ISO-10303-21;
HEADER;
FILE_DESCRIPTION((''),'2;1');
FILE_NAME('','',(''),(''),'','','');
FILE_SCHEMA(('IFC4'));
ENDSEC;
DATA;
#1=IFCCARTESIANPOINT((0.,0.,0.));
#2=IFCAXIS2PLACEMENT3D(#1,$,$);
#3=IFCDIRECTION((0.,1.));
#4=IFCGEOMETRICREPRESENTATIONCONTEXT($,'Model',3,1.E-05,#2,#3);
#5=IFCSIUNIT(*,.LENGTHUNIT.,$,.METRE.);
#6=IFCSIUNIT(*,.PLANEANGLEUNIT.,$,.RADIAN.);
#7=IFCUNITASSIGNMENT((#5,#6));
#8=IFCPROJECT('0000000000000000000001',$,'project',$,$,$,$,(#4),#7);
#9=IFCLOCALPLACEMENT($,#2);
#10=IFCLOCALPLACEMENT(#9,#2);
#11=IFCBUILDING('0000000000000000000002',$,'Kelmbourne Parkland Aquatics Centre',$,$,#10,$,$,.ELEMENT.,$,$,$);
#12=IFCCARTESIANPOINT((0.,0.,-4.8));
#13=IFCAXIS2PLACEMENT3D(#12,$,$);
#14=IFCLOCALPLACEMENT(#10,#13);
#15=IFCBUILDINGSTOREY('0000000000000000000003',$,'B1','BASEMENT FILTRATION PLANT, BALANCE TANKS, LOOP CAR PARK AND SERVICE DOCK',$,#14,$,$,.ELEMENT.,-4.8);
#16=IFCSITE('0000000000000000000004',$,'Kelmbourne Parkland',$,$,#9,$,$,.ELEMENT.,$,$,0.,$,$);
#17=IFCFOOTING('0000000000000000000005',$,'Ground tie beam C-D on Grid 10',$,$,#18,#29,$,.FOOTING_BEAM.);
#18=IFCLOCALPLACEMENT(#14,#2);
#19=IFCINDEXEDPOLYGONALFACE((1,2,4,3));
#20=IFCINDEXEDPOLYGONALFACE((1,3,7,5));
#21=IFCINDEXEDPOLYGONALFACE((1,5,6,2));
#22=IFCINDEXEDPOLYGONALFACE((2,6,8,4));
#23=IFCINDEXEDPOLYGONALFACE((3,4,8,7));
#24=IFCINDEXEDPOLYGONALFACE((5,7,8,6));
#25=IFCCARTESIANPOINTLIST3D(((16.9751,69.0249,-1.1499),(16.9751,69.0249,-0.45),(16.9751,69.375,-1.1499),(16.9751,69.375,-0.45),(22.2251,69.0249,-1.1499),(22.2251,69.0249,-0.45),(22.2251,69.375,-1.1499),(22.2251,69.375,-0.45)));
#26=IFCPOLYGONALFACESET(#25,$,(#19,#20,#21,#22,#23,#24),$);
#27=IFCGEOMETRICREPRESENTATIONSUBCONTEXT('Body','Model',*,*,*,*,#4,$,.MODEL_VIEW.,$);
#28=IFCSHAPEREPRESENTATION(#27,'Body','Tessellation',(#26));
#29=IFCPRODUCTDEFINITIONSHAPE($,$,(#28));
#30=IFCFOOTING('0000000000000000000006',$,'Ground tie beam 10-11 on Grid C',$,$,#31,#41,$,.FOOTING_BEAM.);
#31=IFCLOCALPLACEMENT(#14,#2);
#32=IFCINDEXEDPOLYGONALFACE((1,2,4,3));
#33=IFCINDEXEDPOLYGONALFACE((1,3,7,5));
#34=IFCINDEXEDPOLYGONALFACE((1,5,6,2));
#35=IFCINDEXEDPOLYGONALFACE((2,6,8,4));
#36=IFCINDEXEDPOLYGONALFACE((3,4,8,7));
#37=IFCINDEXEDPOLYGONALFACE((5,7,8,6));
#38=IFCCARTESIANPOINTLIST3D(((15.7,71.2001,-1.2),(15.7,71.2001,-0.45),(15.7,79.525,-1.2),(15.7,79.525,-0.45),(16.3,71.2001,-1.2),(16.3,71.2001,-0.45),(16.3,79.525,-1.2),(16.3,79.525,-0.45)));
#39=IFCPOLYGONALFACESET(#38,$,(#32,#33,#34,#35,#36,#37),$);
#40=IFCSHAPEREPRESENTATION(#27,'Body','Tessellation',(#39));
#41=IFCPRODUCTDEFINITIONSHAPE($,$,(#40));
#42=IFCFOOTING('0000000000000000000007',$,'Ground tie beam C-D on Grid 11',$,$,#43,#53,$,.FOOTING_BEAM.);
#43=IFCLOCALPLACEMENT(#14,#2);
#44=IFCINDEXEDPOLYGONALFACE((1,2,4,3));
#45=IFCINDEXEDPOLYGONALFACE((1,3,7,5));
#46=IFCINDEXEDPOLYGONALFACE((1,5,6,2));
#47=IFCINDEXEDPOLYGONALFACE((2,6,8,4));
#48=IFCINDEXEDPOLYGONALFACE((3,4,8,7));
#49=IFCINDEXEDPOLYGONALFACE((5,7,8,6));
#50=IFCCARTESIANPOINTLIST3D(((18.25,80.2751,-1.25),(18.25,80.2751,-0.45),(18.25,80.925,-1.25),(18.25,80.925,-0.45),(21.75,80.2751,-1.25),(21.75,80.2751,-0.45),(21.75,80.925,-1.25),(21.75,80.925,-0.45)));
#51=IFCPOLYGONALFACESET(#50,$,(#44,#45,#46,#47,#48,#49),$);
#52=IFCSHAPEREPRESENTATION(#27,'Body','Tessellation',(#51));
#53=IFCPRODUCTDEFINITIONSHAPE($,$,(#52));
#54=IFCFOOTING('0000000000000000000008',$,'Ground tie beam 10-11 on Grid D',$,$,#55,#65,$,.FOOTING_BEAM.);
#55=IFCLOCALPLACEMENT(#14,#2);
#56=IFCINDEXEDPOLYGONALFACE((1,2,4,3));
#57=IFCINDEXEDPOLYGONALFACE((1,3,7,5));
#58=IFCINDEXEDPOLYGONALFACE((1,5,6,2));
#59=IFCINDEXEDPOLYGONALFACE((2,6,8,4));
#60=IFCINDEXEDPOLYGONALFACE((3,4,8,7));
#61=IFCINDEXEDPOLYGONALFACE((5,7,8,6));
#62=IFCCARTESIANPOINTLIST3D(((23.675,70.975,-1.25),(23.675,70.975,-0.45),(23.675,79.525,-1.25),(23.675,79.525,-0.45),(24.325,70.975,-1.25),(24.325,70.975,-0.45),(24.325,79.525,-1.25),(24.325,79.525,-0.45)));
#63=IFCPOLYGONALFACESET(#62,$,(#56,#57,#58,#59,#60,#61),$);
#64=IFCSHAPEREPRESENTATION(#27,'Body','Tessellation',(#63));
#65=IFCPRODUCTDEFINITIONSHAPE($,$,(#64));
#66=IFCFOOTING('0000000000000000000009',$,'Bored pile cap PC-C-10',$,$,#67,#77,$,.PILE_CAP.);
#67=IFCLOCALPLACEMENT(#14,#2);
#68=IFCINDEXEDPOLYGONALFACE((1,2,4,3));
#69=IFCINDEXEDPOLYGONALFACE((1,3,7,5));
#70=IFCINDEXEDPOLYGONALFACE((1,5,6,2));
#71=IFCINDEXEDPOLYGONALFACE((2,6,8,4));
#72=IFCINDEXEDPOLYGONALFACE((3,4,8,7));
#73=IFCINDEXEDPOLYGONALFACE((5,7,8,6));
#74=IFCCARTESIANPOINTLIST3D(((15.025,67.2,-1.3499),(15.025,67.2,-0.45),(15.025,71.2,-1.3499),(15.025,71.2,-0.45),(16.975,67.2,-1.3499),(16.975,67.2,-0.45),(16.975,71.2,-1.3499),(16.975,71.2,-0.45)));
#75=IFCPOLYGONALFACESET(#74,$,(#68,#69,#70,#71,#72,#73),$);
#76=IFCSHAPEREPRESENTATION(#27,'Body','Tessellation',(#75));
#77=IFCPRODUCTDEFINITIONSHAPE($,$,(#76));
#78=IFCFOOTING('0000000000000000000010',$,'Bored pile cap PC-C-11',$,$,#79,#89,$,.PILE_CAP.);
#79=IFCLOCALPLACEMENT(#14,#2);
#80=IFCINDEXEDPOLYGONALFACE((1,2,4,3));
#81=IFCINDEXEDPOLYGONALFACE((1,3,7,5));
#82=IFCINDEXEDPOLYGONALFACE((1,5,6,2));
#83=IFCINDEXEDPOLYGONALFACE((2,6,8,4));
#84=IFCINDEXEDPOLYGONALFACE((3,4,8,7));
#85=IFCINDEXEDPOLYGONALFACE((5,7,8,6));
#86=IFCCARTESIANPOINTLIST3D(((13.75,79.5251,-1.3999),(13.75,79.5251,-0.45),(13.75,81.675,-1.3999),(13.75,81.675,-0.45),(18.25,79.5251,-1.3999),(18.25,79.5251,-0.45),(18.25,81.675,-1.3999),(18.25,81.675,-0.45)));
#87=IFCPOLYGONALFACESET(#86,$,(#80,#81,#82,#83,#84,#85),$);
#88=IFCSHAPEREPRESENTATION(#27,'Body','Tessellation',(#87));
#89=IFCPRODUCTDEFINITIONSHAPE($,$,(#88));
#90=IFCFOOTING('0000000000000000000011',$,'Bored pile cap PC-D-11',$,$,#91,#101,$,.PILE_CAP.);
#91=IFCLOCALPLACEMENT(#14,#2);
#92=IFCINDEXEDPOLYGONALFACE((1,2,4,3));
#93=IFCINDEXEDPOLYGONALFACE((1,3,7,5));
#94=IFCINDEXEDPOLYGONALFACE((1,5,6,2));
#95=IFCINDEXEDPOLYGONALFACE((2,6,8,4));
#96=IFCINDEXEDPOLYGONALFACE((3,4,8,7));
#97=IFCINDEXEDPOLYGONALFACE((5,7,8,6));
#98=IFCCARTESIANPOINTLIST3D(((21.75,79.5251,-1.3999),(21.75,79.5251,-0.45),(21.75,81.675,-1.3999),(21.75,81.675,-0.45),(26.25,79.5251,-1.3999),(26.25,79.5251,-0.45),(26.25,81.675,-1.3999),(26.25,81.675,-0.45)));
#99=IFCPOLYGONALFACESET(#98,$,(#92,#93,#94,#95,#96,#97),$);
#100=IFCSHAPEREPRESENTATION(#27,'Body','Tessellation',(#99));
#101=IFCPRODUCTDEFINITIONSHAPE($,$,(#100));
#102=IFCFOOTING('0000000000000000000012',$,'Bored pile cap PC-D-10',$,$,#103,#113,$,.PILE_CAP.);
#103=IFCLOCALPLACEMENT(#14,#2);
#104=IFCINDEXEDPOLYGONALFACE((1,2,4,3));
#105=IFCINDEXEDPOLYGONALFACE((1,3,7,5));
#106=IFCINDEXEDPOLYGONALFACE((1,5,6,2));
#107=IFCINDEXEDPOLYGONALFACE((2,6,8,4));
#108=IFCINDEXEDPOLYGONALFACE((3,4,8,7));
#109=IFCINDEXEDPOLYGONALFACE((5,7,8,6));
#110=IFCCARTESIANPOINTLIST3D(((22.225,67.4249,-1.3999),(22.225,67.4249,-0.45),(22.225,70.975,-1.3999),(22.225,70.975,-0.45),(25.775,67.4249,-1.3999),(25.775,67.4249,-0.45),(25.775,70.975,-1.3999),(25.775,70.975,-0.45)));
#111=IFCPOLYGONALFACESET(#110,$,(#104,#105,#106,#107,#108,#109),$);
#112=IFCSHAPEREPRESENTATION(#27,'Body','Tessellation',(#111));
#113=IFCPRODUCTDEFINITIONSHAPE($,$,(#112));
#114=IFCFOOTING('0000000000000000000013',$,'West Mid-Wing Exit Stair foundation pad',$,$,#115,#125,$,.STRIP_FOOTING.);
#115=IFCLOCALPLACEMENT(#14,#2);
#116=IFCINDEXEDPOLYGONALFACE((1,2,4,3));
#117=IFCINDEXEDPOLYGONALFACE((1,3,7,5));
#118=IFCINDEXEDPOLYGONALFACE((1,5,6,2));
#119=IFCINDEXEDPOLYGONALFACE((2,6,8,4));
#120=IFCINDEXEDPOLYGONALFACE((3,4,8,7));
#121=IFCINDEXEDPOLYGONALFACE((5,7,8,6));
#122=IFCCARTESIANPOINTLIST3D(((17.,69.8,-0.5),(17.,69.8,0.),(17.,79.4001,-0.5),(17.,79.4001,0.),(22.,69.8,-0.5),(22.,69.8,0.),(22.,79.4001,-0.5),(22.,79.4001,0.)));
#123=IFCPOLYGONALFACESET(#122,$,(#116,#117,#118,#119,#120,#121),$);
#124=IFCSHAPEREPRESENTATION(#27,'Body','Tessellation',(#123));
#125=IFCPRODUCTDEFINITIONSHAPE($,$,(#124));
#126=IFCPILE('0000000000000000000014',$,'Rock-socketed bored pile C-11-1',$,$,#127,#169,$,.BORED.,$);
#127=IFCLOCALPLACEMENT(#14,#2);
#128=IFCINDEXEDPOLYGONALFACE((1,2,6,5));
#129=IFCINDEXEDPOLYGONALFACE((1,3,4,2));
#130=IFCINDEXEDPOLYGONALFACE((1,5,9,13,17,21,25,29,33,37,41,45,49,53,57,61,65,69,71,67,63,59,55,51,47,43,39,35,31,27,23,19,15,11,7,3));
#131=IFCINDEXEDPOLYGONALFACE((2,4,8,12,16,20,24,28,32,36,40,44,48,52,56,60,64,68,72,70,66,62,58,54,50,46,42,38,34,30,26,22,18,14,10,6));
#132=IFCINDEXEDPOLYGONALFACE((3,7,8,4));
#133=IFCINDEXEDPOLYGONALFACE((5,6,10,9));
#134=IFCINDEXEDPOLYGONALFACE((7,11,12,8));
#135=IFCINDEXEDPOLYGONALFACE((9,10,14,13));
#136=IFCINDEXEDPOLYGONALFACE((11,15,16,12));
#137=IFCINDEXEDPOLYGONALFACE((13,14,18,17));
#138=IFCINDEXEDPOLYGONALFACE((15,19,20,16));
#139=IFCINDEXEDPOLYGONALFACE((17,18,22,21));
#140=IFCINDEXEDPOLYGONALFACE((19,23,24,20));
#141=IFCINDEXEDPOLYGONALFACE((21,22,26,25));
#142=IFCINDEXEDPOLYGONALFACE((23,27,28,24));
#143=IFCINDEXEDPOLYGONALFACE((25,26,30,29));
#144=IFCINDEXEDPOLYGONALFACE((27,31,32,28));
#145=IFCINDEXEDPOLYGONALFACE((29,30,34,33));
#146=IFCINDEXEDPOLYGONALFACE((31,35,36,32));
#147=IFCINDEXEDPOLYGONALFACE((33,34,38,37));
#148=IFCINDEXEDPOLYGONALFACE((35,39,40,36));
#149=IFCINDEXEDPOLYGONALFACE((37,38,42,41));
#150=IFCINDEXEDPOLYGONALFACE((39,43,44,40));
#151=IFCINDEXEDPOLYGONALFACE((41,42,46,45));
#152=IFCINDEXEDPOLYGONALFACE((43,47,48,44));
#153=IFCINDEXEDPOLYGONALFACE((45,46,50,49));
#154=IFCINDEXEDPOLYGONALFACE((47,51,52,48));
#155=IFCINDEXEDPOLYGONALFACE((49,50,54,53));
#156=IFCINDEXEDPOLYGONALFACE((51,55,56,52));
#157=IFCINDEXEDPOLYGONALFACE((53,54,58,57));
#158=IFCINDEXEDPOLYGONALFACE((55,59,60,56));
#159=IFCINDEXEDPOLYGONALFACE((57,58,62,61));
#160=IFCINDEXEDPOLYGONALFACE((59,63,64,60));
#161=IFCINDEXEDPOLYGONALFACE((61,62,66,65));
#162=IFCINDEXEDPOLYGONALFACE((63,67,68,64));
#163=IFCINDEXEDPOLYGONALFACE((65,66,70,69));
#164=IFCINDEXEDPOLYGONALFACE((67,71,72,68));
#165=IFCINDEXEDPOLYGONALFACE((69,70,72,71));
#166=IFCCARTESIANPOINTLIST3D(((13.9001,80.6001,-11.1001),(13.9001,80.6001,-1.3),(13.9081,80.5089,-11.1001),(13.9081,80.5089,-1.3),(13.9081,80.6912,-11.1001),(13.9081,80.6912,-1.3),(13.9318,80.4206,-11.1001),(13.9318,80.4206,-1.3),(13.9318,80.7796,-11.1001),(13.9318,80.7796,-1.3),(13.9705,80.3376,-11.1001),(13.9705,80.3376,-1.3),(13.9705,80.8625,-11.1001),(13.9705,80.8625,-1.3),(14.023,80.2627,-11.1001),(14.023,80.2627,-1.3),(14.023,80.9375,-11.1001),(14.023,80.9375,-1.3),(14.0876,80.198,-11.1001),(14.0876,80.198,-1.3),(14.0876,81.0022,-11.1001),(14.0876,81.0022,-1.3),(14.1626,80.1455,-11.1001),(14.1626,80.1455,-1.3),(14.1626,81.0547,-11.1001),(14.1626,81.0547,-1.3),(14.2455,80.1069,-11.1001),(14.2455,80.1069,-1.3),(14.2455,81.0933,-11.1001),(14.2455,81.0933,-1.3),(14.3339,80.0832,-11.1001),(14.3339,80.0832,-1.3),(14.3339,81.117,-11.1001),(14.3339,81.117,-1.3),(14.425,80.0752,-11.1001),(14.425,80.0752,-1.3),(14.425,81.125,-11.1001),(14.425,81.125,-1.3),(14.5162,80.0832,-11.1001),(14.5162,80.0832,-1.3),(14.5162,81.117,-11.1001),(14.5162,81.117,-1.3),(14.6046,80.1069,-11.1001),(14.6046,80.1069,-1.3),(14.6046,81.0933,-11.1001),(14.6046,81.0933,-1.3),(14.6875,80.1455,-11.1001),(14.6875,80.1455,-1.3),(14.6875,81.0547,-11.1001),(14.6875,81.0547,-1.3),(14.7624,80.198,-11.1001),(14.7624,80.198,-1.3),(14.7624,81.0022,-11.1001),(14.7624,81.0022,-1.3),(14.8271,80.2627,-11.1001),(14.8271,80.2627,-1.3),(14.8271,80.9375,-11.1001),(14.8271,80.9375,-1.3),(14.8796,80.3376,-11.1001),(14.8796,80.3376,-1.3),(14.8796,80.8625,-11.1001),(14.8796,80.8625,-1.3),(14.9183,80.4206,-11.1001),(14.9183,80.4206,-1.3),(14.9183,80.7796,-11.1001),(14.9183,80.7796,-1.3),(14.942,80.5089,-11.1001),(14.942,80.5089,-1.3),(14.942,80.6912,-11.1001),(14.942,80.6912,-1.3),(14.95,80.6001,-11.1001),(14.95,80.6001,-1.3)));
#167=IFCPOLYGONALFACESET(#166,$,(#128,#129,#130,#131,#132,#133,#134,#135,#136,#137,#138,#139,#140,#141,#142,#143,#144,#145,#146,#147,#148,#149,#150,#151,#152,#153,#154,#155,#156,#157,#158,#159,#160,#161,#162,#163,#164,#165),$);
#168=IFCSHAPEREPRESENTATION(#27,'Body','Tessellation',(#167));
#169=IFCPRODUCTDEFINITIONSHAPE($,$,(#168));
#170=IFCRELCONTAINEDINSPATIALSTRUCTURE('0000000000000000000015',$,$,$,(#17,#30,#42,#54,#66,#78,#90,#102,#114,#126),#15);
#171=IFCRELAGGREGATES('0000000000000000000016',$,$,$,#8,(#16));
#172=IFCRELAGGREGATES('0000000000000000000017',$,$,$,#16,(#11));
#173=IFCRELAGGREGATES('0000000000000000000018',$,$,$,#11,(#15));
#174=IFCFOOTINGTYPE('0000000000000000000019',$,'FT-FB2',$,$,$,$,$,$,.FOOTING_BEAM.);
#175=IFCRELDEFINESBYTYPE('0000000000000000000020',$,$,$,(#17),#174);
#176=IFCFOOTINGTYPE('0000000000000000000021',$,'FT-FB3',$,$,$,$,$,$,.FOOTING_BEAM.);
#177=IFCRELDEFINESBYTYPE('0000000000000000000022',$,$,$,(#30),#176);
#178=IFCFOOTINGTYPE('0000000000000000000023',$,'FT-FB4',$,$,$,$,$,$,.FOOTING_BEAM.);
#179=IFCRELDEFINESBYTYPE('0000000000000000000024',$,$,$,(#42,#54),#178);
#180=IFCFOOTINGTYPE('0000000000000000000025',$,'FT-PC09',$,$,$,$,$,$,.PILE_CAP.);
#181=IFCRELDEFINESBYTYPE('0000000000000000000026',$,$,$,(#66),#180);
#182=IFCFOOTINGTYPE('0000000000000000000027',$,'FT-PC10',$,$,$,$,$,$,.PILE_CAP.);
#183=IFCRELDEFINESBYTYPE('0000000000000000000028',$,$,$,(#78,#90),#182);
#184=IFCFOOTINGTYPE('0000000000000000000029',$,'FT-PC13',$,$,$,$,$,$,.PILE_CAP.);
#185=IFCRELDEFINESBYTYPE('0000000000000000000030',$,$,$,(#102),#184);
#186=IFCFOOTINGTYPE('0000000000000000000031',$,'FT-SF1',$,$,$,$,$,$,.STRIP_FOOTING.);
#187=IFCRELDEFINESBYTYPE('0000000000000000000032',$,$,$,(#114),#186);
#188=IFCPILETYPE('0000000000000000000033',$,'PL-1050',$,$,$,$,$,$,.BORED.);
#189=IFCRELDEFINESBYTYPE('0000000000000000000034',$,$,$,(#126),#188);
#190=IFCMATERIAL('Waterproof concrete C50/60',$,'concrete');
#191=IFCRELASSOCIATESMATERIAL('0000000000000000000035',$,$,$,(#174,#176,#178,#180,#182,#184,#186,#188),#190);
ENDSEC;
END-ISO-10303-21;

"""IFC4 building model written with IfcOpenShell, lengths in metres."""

from ifc_helpers import new_model, si_unit, direction, frame, origin, origin_2d, place, context, subcontext, project, spatial, rectangle, circle, extrude, material, material_profile, profile_set, type_object, element, save


model = new_model("IFC4")

# Units and contexts
model_context = context("Model", 3, precision=1e-05, world=origin(), true_north=direction((0.0, 1.0)))
body_context = subcontext(model_context, "Body", "Model", "MODEL_VIEW")
ifc_project = project(units=[si_unit("LENGTHUNIT", "METRE"), si_unit("PLANEANGLEUNIT", "RADIAN")], contexts=[model_context])

# Site, building, storey
site_placement = place(None, origin())
site = spatial("IfcSite", under=ifc_project, at=site_placement, Name="Kelmbourne Parkland", CompositionType="ELEMENT", RefElevation=0.0)
building_placement = place(site_placement, origin())
building = spatial("IfcBuilding", under=site, at=building_placement, Name="Kelmbourne Parkland Aquatics Centre", CompositionType="ELEMENT")
storey_placement = place(building_placement, frame((0.0, 0.0, -4.8)))
storey = spatial("IfcBuildingStorey", under=building, at=storey_placement, Name="B1", Description="BASEMENT FILTRATION PLANT, BALANCE TANKS, LOOP CAR PARK AND SERVICE DOCK", CompositionType="ELEMENT", Elevation=-4.8)

# Footings
ifc_material_1 = material(Name="Waterproof concrete C50/60", Category="concrete")
footing_type_1 = type_object("IfcFootingType", Name="FT-FB2", PredefinedType="FOOTING_BEAM", material=ifc_material_1)
footing_1_placement = place(storey_placement, frame((19.6001, 69.2, -1.1499), z_axis=(0.0, 0.0, 1.0), x_axis=(1.0, 0.0, 0.0)))
element("IfcFooting", 1, at=footing_1_placement, inside=storey, type_object=footing_type_1, Name="Ground tie beam C-D on Grid 10", PredefinedType="FOOTING_BEAM", context=body_context, shape_type="SweptSolid", body=[
    extrude(rectangle(XDim=5.25, YDim=0.3501, at=origin_2d()), origin(), (0.0, 0.0, 1.0), 0.7),
])
footing_type_2 = type_object("IfcFootingType", Name="FT-FB3", PredefinedType="FOOTING_BEAM", material=ifc_material_1)
footing_2_placement = place(storey_placement, frame((16.0, 75.3625, -1.2), z_axis=(0.0, 0.0, 1.0), x_axis=(0.0, 1.0, 0.0)))
element("IfcFooting", 2, at=footing_2_placement, inside=storey, type_object=footing_type_2, Name="Ground tie beam 10-11 on Grid C", PredefinedType="FOOTING_BEAM", context=body_context, shape_type="SweptSolid", body=[
    extrude(rectangle(XDim=8.325, YDim=0.6001, at=origin_2d()), origin(), (0.0, 0.0, 1.0), 0.75),
])
footing_type_3 = type_object("IfcFootingType", Name="FT-FB4", PredefinedType="FOOTING_BEAM", material=ifc_material_1)
footing_3_placement = place(storey_placement, frame((20.0, 80.6001, -1.25), z_axis=(0.0, 0.0, 1.0), x_axis=(1.0, 0.0, 0.0)))
element("IfcFooting", 3, at=footing_3_placement, inside=storey, type_object=footing_type_3, Name="Ground tie beam C-D on Grid 11", PredefinedType="FOOTING_BEAM", context=body_context, shape_type="SweptSolid", body=[
    extrude(rectangle(XDim=3.5, YDim=0.6499, at=origin_2d()), origin(), (0.0, 0.0, 1.0), 0.8),
])
footing_4_placement = place(storey_placement, frame((24.0, 75.25, -1.25), z_axis=(0.0, 0.0, 1.0), x_axis=(0.0, 1.0, 0.0)))
element("IfcFooting", 4, at=footing_4_placement, inside=storey, type_object=footing_type_3, Name="Ground tie beam 10-11 on Grid D", PredefinedType="FOOTING_BEAM", context=body_context, shape_type="SweptSolid", body=[
    extrude(rectangle(XDim=8.55, YDim=0.6499, at=origin_2d()), origin(), (0.0, 0.0, 1.0), 0.8),
])
footing_type_4 = type_object("IfcFootingType", Name="FT-PC09", PredefinedType="PILE_CAP", material=ifc_material_1)
footing_5_placement = place(storey_placement, frame((16.0, 69.2, -1.3499), z_axis=(0.0, 0.0, 1.0), x_axis=(1.0, 0.0, 0.0)))
element("IfcFooting", 5, at=footing_5_placement, inside=storey, type_object=footing_type_4, Name="Bored pile cap PC-C-10", PredefinedType="PILE_CAP", context=body_context, shape_type="SweptSolid", body=[
    extrude(rectangle(XDim=1.95, YDim=4.0, at=origin_2d()), origin(), (0.0, 0.0, 1.0), 0.8999),
])
footing_type_5 = type_object("IfcFootingType", Name="FT-PC10", PredefinedType="PILE_CAP", material=ifc_material_1)
for number, where, z_axis, x_axis, name in (
    (6, (16.0, 80.6001, -1.3999), (0.0, 0.0, 1.0), (1.0, 0.0, 0.0), "Bored pile cap PC-C-11"),
    (7, (24.0, 80.6001, -1.3999), (0.0, 0.0, 1.0), (1.0, 0.0, 0.0), "Bored pile cap PC-D-11"),
):
    element("IfcFooting", number, at=place(storey_placement, frame(where, z_axis=z_axis, x_axis=x_axis)), inside=storey, type_object=footing_type_5, Name=name, PredefinedType="PILE_CAP", context=body_context, shape_type="SweptSolid", body=[
        extrude(rectangle(XDim=4.5, YDim=2.1499, at=origin_2d()), origin(), (0.0, 0.0, 1.0), 0.95),
    ])
footing_type_6 = type_object("IfcFootingType", Name="FT-PC13", PredefinedType="PILE_CAP", material=ifc_material_1)
footing_6_placement = place(storey_placement, frame((24.0, 69.2, -1.3999), z_axis=(0.0, 0.0, 1.0), x_axis=(1.0, 0.0, 0.0)))
element("IfcFooting", 8, at=footing_6_placement, inside=storey, type_object=footing_type_6, Name="Bored pile cap PC-D-10", PredefinedType="PILE_CAP", context=body_context, shape_type="SweptSolid", body=[
    extrude(rectangle(XDim=3.55, YDim=3.55, at=origin_2d()), origin(), (0.0, 0.0, 1.0), 0.95),
])
footing_type_7 = type_object("IfcFootingType", Name="FT-SF1", PredefinedType="STRIP_FOOTING", material=ifc_material_1)
footing_7_placement = place(storey_placement, frame((19.5, 74.6001, -0.5), z_axis=(0.0, 0.0, 1.0), x_axis=(1.0, 0.0, 0.0)))
element("IfcFooting", 9, at=footing_7_placement, inside=storey, type_object=footing_type_7, Name="West Mid-Wing Exit Stair foundation pad", PredefinedType="STRIP_FOOTING", context=body_context, shape_type="SweptSolid", body=[
    extrude(rectangle(XDim=5.0, YDim=9.6001, at=origin_2d()), origin(), (0.0, 0.0, 1.0), 0.5),
])

# Pile
ifc_material_profile_1 = material_profile(ifc_material_1, circle(Radius=0.5249, at=origin_2d()), Name="PILE D1050")
ifc_profile_set_1 = profile_set([ifc_material_profile_1], Name="Waterproof concrete C50/60")
pile_type_1 = type_object("IfcPileType", Name="PL-1050", PredefinedType="BORED", material=ifc_profile_set_1)
for number, where, z_axis, x_axis, name in (
    (10, (14.425, 80.6001, -1.3), (0.0, 0.0, -1.0), (1.0, 0.0, 0.0), "Rock-socketed bored pile C-11-1"),
):
    element("IfcPile", number, at=place(storey_placement, frame(where, z_axis=z_axis, x_axis=x_axis)), inside=storey, type_object=pile_type_1, Name=name, PredefinedType="BORED", context=body_context, shape_type="SweptSolid", body=[
        extrude(circle(Radius=0.5249, at=origin_2d()), origin(), (0.0, 0.0, 1.0), 9.8),
    ])

save(model, "model.ifc")
